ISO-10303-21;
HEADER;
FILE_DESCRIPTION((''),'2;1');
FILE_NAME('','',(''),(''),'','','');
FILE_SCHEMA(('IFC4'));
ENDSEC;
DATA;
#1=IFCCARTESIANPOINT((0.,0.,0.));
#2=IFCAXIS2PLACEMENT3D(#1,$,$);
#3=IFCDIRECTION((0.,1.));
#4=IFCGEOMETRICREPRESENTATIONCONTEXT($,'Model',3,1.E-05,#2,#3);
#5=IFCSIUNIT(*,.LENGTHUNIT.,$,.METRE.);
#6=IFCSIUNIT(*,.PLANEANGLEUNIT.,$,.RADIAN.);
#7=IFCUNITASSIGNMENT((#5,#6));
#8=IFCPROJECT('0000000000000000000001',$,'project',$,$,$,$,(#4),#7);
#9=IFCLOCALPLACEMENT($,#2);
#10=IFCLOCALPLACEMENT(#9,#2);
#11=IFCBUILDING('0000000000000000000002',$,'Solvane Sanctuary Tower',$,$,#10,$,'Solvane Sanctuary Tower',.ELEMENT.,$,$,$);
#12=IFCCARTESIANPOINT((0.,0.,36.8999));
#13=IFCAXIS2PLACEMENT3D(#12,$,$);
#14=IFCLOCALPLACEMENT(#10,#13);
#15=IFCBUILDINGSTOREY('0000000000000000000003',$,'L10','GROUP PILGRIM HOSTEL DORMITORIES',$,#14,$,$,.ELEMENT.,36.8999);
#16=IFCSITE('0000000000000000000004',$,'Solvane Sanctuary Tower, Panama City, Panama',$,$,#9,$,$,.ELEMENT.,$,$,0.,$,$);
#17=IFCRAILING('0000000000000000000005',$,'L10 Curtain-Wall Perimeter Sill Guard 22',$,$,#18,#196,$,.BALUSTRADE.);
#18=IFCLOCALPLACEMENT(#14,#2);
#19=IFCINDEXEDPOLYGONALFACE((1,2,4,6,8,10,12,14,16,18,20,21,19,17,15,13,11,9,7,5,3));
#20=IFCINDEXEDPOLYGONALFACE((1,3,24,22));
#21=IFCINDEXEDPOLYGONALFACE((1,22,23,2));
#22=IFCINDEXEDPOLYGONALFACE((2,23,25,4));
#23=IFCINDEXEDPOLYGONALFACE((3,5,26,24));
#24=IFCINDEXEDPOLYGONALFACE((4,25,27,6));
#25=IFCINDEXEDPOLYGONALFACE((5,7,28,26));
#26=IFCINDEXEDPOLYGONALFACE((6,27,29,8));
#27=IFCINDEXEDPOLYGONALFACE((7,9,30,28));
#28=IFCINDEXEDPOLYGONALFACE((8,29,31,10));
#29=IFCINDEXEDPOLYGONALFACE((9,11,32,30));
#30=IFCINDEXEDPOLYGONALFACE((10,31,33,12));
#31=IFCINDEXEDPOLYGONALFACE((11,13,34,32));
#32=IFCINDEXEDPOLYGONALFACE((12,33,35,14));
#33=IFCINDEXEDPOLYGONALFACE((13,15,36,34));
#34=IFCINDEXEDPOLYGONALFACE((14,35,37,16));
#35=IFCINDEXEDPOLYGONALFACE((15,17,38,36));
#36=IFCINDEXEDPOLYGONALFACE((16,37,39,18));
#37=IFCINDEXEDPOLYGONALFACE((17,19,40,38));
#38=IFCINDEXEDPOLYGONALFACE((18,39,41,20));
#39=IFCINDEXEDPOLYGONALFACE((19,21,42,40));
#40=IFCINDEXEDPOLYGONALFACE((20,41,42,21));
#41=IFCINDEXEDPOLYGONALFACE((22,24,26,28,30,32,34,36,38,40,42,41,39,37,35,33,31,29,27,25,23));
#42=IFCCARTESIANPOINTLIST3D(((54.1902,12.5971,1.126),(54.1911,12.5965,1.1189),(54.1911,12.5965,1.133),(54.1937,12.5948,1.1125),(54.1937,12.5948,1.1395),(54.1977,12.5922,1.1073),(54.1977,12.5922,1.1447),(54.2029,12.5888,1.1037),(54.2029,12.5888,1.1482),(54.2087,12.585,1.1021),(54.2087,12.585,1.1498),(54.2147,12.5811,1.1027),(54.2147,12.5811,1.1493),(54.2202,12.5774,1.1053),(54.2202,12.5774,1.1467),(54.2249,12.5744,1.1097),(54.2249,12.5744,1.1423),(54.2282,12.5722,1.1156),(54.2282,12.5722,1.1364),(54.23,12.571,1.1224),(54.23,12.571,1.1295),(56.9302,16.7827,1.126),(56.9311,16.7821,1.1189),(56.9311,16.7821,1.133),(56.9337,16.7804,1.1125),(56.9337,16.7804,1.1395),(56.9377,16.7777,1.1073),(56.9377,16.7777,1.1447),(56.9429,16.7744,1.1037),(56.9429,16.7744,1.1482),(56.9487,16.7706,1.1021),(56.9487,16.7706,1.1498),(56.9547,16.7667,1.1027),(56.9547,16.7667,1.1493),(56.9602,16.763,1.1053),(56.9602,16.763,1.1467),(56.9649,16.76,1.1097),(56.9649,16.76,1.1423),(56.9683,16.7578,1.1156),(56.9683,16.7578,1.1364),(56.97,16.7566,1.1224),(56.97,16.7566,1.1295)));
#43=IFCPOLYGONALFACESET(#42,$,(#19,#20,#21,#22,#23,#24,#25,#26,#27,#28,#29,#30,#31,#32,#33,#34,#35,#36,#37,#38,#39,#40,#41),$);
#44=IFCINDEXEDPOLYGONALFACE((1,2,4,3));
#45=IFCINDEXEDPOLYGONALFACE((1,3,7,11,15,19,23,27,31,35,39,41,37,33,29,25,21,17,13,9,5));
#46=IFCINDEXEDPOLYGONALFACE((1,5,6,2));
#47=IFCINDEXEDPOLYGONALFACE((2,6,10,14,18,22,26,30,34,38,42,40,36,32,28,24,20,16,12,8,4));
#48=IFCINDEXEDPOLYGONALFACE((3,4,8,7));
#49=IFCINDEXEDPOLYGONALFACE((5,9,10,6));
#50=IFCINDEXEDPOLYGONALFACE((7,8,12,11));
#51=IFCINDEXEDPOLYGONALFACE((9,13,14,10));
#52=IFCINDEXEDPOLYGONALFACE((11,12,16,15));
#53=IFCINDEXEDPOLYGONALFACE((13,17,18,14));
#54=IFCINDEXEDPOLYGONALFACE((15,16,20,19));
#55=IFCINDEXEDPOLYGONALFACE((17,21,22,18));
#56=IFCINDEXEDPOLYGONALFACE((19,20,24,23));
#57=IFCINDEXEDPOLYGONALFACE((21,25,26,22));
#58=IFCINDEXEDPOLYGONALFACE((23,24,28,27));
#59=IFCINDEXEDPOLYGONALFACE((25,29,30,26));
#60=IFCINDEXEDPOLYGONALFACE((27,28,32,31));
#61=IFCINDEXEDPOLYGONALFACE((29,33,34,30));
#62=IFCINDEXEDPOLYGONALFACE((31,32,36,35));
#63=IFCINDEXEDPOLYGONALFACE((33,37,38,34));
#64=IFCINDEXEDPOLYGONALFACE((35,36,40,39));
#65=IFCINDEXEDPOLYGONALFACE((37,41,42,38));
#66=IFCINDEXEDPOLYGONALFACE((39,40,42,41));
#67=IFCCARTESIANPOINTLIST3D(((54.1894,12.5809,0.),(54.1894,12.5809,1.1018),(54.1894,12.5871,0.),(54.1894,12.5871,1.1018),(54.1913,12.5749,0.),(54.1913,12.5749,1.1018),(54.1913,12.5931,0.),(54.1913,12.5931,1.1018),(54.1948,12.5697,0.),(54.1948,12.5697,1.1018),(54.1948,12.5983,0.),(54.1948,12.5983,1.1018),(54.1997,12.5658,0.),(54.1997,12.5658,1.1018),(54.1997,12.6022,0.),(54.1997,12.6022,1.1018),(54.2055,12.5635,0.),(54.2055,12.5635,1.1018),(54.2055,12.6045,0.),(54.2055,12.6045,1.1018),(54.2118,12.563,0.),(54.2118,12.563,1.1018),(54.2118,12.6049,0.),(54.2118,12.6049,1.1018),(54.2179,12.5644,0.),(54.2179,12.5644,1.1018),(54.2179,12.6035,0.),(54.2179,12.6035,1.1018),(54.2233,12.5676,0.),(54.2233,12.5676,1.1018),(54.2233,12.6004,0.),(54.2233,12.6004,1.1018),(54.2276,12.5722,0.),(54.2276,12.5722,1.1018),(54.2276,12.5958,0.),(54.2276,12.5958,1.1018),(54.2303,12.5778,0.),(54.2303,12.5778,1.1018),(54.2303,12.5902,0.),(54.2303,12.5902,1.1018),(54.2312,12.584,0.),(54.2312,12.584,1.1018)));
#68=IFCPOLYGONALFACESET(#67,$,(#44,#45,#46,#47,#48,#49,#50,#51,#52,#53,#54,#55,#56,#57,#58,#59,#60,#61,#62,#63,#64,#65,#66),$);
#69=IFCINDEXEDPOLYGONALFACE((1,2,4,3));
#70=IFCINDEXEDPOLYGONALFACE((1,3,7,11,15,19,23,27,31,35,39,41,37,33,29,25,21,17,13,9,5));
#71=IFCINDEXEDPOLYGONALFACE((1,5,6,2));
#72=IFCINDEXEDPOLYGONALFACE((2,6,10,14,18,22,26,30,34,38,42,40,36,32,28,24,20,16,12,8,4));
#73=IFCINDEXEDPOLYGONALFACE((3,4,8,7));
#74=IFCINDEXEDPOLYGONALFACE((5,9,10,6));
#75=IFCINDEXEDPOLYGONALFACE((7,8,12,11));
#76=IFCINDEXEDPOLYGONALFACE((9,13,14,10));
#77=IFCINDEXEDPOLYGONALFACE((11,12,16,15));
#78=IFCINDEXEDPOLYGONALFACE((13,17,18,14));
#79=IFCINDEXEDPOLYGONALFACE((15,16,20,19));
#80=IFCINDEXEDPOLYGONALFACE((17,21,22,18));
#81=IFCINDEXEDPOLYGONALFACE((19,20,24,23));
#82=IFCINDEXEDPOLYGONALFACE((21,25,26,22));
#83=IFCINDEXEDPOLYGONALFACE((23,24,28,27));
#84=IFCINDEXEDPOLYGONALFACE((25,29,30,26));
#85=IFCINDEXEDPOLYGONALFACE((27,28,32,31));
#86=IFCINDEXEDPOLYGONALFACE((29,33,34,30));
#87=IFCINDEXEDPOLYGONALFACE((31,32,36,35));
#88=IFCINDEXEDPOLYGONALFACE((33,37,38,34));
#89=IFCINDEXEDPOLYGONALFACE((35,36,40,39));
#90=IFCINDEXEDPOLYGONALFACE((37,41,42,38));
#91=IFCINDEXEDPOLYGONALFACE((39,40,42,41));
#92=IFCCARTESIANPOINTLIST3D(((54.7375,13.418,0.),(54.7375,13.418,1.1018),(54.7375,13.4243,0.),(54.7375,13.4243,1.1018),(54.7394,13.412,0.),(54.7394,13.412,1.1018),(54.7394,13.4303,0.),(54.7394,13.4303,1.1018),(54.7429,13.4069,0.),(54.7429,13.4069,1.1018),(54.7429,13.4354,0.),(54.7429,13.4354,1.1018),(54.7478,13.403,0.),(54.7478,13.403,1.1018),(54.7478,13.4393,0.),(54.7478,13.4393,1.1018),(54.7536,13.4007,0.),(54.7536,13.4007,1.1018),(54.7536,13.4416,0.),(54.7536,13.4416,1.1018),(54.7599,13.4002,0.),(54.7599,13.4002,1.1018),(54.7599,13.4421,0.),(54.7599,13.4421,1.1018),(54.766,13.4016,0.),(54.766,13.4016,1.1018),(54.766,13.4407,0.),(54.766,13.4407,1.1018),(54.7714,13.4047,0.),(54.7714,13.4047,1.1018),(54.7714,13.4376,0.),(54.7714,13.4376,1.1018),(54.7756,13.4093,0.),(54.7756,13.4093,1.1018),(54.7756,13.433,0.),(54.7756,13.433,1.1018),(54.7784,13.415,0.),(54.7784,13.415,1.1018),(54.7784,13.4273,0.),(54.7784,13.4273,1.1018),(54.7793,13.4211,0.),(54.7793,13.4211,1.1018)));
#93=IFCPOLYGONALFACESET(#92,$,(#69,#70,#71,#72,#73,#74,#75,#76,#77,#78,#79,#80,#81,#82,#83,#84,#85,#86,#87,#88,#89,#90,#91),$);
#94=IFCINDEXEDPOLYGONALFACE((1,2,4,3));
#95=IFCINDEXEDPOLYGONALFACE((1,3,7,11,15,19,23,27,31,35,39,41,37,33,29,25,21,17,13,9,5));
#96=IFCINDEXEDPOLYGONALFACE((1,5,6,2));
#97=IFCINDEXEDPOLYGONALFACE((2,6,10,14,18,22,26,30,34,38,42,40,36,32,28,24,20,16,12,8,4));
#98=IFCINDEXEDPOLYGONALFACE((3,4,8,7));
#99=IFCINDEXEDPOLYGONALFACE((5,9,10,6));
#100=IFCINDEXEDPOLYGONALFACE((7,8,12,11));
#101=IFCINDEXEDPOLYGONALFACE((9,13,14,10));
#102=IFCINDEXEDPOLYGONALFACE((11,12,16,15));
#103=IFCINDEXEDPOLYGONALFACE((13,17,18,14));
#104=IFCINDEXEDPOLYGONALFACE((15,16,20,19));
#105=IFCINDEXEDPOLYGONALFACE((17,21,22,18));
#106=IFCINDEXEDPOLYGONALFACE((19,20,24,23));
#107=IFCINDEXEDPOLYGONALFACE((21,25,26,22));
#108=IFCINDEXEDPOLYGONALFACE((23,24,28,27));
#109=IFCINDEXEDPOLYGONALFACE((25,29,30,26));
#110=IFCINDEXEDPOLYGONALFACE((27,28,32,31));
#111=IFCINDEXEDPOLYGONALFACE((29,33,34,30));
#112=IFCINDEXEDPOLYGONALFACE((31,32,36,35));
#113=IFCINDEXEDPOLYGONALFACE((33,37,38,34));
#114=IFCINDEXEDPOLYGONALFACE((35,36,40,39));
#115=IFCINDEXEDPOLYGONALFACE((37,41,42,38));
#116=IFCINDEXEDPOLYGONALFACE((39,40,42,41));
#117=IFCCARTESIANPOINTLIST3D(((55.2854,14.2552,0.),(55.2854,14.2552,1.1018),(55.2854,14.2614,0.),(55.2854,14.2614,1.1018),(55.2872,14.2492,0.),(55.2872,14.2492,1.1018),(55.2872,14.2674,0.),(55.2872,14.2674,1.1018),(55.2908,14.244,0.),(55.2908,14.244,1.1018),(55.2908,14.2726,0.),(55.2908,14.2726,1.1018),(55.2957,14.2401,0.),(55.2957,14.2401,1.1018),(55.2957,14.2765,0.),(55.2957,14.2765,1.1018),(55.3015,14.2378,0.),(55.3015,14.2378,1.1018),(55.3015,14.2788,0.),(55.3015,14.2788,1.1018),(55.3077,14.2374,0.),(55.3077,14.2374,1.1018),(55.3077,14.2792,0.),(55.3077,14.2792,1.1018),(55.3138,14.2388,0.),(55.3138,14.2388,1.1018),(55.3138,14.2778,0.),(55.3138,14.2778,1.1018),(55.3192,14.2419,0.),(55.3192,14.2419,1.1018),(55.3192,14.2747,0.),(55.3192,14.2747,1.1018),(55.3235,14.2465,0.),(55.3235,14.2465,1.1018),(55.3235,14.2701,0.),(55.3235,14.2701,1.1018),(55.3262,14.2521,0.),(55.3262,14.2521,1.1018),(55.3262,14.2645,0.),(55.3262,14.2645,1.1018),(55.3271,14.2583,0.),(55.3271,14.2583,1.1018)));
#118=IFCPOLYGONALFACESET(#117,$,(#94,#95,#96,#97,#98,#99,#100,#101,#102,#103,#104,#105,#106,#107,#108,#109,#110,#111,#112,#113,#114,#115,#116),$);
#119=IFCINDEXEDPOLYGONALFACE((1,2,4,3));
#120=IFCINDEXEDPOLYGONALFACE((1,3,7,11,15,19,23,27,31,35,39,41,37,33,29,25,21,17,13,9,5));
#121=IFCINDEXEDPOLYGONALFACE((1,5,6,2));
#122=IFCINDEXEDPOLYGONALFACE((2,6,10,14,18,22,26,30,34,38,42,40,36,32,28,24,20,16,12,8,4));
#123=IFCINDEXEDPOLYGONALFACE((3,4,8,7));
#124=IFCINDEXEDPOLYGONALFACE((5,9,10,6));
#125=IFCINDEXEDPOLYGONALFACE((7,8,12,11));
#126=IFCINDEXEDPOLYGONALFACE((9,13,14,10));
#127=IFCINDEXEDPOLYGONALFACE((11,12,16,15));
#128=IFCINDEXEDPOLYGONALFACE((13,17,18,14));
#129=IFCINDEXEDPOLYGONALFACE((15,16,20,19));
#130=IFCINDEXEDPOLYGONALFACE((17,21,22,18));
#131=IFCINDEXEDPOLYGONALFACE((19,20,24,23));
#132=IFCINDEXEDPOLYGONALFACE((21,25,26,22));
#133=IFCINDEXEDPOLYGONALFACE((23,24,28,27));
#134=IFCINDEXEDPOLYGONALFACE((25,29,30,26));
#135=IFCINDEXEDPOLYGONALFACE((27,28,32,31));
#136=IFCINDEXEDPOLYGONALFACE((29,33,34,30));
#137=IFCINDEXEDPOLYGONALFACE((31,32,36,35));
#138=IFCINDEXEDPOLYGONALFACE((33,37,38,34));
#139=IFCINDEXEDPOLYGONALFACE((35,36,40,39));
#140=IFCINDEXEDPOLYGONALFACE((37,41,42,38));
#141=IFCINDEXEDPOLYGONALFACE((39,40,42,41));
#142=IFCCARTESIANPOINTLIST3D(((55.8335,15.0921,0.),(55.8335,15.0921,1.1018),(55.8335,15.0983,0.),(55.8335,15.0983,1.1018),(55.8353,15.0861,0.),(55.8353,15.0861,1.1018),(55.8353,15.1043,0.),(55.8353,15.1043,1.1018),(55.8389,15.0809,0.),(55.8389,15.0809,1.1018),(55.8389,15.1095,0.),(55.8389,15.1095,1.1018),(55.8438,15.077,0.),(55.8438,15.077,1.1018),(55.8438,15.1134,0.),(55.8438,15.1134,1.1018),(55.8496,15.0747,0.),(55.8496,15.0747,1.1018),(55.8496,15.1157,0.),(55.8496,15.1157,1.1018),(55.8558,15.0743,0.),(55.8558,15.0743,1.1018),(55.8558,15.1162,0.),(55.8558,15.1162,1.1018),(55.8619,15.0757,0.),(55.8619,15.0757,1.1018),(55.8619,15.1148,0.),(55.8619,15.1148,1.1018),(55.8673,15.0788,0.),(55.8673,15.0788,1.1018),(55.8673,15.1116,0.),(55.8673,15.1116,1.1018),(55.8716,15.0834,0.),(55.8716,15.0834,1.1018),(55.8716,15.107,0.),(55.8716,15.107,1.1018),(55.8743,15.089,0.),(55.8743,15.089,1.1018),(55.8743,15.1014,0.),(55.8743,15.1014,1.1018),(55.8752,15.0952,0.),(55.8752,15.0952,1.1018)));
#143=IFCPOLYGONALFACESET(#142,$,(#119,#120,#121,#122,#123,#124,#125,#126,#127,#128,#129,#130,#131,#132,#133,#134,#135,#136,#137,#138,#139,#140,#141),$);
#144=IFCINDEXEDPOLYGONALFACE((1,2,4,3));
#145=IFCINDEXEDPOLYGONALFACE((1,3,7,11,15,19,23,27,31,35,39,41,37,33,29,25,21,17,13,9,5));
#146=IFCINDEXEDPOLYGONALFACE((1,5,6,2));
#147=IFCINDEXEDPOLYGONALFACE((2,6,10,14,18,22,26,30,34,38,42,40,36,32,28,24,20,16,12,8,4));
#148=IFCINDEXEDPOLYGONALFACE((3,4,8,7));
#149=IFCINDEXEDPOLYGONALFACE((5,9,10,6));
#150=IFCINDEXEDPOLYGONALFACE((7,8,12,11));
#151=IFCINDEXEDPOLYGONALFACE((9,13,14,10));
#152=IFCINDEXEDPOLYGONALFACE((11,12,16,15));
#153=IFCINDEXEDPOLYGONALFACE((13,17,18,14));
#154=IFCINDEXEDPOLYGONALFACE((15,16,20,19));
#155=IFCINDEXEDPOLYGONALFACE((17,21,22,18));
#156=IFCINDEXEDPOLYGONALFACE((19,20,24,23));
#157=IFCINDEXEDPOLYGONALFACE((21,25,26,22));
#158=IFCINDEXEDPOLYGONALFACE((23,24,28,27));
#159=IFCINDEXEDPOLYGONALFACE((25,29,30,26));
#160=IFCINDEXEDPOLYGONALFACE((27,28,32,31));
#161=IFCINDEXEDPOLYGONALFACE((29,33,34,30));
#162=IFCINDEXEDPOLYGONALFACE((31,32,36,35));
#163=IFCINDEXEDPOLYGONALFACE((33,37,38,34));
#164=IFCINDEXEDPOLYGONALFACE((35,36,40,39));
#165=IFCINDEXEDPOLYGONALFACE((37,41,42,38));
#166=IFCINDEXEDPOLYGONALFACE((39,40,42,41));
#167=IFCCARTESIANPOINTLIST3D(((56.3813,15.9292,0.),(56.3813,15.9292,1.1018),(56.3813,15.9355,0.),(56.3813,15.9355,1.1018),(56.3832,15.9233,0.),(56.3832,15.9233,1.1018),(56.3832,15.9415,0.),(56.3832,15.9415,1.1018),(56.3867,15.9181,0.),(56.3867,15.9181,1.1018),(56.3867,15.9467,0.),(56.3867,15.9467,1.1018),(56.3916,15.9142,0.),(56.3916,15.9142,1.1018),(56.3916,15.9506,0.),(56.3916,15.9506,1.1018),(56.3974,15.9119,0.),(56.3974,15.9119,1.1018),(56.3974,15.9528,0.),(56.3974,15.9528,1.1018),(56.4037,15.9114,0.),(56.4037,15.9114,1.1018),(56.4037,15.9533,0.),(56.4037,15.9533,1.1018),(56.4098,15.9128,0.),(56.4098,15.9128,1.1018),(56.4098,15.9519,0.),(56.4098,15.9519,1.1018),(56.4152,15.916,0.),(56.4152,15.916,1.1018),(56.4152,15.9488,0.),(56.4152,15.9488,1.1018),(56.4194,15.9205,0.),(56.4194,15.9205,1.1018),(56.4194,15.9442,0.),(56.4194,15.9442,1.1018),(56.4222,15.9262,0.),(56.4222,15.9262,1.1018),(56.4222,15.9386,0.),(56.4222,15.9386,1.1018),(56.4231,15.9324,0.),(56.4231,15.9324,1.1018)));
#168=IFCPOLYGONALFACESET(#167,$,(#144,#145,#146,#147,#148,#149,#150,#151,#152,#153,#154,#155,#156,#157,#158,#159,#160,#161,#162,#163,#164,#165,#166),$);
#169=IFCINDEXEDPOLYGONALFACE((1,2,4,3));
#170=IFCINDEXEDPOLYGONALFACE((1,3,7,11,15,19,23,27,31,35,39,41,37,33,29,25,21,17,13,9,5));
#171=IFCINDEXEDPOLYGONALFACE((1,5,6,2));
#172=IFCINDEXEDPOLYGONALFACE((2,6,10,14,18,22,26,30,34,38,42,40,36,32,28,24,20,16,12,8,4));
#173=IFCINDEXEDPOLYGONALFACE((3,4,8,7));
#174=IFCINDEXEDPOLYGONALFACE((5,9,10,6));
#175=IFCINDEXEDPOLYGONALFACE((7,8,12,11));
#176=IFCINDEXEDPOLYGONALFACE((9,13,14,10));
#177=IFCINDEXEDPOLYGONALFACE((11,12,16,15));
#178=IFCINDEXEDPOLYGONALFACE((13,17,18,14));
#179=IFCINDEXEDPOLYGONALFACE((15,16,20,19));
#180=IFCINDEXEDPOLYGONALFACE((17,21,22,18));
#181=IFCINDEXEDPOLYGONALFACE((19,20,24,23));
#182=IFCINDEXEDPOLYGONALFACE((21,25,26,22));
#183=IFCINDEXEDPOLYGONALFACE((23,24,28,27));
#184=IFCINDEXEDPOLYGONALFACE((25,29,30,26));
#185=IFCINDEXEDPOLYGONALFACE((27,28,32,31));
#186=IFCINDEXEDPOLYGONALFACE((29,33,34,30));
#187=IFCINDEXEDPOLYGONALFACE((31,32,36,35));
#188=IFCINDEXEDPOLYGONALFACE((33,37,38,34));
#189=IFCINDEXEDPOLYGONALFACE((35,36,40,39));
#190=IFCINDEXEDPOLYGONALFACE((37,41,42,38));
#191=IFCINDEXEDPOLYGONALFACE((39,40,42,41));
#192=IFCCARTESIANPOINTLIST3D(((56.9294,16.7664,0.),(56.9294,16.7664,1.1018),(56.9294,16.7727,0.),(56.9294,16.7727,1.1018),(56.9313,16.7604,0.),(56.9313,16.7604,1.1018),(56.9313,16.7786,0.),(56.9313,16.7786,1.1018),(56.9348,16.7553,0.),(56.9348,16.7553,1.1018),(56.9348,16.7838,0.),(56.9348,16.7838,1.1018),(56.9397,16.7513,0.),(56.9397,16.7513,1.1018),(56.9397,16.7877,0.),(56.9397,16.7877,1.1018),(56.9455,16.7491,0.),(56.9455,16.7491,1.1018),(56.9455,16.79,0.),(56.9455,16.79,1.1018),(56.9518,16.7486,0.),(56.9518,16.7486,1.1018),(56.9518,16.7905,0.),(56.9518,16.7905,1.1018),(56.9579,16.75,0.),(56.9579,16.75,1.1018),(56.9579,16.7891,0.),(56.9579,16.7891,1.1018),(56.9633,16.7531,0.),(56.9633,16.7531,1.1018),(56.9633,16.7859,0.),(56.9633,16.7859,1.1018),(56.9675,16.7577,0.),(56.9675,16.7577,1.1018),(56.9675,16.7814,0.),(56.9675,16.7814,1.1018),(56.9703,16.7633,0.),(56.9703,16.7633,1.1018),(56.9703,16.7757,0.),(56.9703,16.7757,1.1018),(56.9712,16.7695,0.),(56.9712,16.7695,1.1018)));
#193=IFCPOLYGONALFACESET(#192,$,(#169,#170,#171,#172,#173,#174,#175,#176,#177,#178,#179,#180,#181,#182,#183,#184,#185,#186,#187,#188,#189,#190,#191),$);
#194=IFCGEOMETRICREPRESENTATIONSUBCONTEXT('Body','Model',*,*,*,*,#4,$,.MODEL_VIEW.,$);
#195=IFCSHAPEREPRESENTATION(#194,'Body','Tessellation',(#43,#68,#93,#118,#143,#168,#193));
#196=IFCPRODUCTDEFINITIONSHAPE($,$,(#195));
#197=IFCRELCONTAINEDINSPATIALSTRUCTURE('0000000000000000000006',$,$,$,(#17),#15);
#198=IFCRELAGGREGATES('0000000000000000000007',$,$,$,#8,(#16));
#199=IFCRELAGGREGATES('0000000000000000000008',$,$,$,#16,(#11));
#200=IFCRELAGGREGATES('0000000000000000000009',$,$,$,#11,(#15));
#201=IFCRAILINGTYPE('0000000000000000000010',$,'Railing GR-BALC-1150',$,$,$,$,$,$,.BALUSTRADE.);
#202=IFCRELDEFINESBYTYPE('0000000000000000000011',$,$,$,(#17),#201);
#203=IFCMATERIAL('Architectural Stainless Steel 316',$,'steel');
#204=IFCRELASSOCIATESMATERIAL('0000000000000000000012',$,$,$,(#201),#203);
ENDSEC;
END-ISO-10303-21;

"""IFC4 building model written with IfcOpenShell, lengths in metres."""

from ifc_helpers import new_model, si_unit, direction, frame, origin, origin_2d, place, context, subcontext, project, spatial, circle, extrude, material, type_object, element, save


model = new_model("IFC4")

# Units and contexts
model_context = context("Model", 3, precision=1e-05, world=origin(), true_north=direction((0.0, 1.0)))
body_context = subcontext(model_context, "Body", "Model", "MODEL_VIEW")
ifc_project = project(units=[si_unit("LENGTHUNIT", "METRE"), si_unit("PLANEANGLEUNIT", "RADIAN")], contexts=[model_context])

# Site, building, storey
site_placement = place(None, origin())
site = spatial("IfcSite", under=ifc_project, at=site_placement, Name="Solvane Sanctuary Tower, Panama City, Panama", CompositionType="ELEMENT", RefElevation=0.0)
building_placement = place(site_placement, origin())
building = spatial("IfcBuilding", under=site, at=building_placement, Name="Solvane Sanctuary Tower", LongName="Solvane Sanctuary Tower", CompositionType="ELEMENT")
storey_placement = place(building_placement, frame((0.0, 0.0, 36.8999)))
storey = spatial("IfcBuildingStorey", under=building, at=storey_placement, Name="L10", Description="GROUP PILGRIM HOSTEL DORMITORIES", CompositionType="ELEMENT", Elevation=36.8999)

# Railing
ifc_material_1 = material(Name="Architectural Stainless Steel 316", Category="steel")
railing_type = type_object("IfcRailingType", Name="Railing GR-BALC-1150", PredefinedType="BALUSTRADE", material=ifc_material_1)
railing_1_placement = place(storey_placement, frame((54.2102, 12.584, 0.0)))
element("IfcRailing", 1, at=railing_1_placement, inside=storey, type_object=railing_type, Name="L10 Curtain-Wall Perimeter Sill Guard 22", PredefinedType="BALUSTRADE", context=body_context, shape_type="SweptSolid", body=[
    extrude(circle(Radius=0.0239, at=origin_2d()), frame((0.0, 0.0, 1.126), z_axis=(0.547709, 0.836669, 0.0), x_axis=(-0.836669, 0.547709, 0.0)), (0.0, 0.0, 1.0), 5.0027),
    extrude(circle(Radius=0.021, at=origin_2d()), origin(), (0.0, 0.0, 1.0), 1.1018),
    extrude(circle(Radius=0.021, at=origin_2d()), frame((0.5481, 0.8372, 0.0)), (0.0, 0.0, 1.0), 1.1018),
    extrude(circle(Radius=0.021, at=origin_2d()), frame((1.0959, 1.6743, 0.0)), (0.0, 0.0, 1.0), 1.1018),
    extrude(circle(Radius=0.021, at=origin_2d()), frame((1.644, 2.5112, 0.0)), (0.0, 0.0, 1.0), 1.1018),
    extrude(circle(Radius=0.021, at=origin_2d()), frame((2.1919, 3.3484, 0.0)), (0.0, 0.0, 1.0), 1.1018),
    extrude(circle(Radius=0.021, at=origin_2d()), frame((2.74, 4.1855, 0.0)), (0.0, 0.0, 1.0), 1.1018),
])

save(model, "model.ifc")
